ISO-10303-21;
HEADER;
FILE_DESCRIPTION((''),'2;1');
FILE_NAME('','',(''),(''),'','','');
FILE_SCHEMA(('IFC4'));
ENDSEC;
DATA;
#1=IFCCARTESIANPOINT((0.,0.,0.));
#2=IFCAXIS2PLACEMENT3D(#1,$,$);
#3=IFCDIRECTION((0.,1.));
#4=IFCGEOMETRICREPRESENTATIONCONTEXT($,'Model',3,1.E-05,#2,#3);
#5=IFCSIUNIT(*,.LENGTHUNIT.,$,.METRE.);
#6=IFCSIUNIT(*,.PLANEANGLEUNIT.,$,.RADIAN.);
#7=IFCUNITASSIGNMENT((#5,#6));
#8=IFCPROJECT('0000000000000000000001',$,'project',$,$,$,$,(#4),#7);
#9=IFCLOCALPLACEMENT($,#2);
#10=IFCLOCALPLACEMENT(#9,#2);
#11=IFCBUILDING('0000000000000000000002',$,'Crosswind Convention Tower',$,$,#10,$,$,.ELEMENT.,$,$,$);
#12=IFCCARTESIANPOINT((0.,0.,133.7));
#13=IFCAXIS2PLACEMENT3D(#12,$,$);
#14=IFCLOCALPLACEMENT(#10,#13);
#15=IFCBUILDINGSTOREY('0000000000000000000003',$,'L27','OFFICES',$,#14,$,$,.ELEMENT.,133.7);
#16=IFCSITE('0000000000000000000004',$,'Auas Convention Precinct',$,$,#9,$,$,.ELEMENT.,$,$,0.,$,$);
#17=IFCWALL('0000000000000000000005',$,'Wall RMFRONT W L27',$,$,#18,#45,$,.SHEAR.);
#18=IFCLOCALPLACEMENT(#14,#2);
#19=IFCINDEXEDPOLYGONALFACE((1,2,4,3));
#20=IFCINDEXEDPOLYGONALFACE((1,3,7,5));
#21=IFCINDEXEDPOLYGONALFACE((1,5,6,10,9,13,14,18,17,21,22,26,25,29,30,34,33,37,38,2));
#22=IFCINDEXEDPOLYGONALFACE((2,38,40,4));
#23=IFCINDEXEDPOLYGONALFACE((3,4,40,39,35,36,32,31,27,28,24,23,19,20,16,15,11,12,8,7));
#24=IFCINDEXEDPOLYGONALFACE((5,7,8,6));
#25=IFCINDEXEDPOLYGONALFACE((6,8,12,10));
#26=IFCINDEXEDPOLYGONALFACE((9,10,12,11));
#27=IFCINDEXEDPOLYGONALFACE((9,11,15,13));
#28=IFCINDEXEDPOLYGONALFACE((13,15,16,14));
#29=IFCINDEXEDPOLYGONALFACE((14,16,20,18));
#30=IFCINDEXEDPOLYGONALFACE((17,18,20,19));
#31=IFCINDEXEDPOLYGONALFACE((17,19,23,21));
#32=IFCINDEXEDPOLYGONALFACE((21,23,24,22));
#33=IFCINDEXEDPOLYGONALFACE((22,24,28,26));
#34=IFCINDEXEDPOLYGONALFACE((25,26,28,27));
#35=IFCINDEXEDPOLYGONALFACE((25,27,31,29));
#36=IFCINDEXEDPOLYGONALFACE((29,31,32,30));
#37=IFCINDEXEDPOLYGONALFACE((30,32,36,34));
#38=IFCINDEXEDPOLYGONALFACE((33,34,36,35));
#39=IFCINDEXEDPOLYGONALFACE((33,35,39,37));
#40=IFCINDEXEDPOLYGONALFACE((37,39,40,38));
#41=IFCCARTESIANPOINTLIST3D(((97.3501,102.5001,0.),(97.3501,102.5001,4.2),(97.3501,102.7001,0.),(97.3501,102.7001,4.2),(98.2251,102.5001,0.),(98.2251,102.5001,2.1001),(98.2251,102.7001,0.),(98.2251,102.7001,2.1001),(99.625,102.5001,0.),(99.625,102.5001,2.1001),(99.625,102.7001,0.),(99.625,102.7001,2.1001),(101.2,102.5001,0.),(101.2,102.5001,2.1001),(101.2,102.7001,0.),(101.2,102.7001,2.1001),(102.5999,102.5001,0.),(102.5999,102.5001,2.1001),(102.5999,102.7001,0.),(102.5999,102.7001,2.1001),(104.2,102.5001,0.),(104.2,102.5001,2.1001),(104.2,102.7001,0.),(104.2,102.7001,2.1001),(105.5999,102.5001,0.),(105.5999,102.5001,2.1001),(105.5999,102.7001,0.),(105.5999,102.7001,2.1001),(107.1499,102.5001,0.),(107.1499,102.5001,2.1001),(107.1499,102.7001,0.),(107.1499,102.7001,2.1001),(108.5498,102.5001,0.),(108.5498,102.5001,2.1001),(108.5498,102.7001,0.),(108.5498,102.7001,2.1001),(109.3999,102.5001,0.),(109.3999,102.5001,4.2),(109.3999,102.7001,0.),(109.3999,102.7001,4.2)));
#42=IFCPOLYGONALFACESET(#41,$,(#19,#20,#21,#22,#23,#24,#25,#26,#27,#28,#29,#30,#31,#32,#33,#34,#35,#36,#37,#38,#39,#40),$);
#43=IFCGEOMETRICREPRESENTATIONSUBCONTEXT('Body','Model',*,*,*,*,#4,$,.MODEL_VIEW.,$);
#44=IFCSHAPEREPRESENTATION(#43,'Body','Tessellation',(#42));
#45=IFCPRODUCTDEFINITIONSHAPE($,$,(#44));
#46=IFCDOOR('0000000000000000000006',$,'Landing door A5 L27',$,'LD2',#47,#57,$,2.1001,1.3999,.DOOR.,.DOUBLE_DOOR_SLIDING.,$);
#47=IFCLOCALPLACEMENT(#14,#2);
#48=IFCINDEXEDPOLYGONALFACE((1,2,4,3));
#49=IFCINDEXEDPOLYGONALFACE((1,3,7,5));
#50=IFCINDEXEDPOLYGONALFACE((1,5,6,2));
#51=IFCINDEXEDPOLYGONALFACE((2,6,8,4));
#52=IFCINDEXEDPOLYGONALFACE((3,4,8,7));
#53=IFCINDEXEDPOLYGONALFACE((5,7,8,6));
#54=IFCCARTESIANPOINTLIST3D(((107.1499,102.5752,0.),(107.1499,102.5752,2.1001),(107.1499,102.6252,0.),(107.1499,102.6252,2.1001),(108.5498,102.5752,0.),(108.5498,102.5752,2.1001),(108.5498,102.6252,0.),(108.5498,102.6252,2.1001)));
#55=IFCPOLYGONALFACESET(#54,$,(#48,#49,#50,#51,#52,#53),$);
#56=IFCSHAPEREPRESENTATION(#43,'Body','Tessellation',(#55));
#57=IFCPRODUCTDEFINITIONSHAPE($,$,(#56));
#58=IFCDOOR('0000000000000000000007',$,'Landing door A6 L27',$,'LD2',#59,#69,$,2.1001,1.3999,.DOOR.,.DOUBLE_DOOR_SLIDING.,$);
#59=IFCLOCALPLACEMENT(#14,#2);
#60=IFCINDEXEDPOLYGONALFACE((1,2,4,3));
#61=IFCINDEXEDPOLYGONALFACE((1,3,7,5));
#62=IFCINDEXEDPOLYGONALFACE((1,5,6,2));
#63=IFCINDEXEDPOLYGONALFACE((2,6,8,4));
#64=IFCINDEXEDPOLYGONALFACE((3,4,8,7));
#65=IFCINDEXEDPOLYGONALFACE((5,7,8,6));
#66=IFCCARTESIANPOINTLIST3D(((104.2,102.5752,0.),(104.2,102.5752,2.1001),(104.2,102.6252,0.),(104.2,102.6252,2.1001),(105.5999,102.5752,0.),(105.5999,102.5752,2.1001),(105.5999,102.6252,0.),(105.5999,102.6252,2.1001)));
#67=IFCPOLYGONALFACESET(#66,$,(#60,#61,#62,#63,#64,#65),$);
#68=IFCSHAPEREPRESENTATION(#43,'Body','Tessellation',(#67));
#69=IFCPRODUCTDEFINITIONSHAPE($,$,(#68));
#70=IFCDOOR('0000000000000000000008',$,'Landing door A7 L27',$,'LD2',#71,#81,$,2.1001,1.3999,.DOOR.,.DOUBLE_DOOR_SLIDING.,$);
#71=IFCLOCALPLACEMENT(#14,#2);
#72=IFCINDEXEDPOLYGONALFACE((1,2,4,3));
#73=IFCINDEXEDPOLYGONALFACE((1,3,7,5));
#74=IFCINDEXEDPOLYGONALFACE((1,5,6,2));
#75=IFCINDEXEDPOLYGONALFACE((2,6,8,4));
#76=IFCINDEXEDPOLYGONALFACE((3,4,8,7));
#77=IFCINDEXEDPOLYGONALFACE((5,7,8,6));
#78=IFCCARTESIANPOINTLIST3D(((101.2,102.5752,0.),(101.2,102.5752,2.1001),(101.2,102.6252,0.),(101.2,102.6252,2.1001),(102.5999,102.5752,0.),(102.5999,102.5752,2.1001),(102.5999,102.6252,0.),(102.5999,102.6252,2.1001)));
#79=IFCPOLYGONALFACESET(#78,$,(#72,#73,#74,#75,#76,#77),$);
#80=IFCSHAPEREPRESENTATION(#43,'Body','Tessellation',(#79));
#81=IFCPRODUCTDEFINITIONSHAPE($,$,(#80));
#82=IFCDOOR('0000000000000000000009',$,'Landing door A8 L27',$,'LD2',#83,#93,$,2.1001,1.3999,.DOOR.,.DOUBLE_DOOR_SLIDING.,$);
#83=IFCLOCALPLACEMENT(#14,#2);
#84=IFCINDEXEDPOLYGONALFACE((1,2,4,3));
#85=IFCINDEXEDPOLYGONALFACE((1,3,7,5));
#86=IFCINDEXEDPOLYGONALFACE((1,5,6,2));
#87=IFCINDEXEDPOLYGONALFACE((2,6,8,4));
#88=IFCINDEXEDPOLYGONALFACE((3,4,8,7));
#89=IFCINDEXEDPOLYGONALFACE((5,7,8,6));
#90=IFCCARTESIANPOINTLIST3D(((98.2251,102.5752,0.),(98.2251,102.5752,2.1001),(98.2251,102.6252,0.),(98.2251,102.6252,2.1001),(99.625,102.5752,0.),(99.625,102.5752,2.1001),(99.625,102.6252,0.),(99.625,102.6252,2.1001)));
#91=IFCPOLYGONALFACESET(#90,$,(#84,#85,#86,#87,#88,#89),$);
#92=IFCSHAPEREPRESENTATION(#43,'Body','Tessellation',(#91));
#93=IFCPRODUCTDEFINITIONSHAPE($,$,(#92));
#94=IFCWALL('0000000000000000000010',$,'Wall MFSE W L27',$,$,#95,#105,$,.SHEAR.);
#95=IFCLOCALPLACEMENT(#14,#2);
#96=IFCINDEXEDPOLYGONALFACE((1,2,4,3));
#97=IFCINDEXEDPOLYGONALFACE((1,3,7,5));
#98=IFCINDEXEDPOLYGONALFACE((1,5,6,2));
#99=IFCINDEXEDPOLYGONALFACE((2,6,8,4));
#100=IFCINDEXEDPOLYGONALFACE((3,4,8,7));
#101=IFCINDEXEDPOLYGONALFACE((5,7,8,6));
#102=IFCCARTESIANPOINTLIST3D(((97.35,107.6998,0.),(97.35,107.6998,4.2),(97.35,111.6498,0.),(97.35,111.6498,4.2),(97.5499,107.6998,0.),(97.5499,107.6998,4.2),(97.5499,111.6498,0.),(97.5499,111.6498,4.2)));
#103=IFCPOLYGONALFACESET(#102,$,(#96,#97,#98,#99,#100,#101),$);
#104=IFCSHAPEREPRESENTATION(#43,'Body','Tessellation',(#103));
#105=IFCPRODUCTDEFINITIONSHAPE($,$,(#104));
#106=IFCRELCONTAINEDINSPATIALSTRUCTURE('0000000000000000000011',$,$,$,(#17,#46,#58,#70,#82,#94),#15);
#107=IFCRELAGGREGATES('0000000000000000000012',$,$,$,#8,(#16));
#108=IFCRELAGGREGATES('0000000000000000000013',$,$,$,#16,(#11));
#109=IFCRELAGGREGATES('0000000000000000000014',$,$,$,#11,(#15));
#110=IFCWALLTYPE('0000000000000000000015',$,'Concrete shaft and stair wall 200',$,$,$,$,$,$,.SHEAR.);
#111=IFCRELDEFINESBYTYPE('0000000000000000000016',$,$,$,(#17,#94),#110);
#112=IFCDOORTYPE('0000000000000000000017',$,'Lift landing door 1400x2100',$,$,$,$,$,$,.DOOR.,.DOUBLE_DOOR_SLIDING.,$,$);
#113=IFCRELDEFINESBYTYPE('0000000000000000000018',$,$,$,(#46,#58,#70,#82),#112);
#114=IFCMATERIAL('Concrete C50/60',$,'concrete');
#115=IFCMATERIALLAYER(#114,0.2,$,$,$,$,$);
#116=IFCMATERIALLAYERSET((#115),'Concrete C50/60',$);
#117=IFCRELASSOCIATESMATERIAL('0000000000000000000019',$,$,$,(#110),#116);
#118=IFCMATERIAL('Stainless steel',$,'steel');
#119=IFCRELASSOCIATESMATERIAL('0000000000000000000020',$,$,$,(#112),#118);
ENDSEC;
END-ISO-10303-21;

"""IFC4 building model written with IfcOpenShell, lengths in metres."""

from ifc_helpers import new_model, si_unit, direction, frame, frame_2d, origin, place, context, subcontext, project, spatial, rectangle, extrude, material, layer, layer_set, type_object, element, fill, save


model = new_model("IFC4")

# Units and contexts
model_context = context("Model", 3, precision=1e-05, world=origin(), true_north=direction((0.0, 1.0)))
body_context = subcontext(model_context, "Body", "Model", "MODEL_VIEW")
ifc_project = project(units=[si_unit("LENGTHUNIT", "METRE"), si_unit("PLANEANGLEUNIT", "RADIAN")], contexts=[model_context])

# Site, building, storey
site_placement = place(None, origin())
site = spatial("IfcSite", under=ifc_project, at=site_placement, Name="Auas Convention Precinct", CompositionType="ELEMENT", RefElevation=0.0)
building_placement = place(site_placement, origin())
building = spatial("IfcBuilding", under=site, at=building_placement, Name="Crosswind Convention Tower", CompositionType="ELEMENT")
storey_placement = place(building_placement, frame((0.0, 0.0, 133.7)))
storey = spatial("IfcBuildingStorey", under=building, at=storey_placement, Name="L27", Description="OFFICES", CompositionType="ELEMENT", Elevation=133.7)

# Shared definitions
ifc_material_1 = material(Name="Concrete C50/60", Category="concrete")
ifc_layer = layer(ifc_material_1, 0.2)
ifc_layer_set = layer_set([ifc_layer], Name="Concrete C50/60")
wall_type = type_object("IfcWallType", Name="Concrete shaft and stair wall 200", PredefinedType="SHEAR", material=ifc_layer_set)

# Wall, openings, doors
wall_1_placement = place(storey_placement, frame((109.3999, 102.6001, 0.0), z_axis=(0.0, 0.0, 1.0), x_axis=(-1.0, 0.0, 0.0)))
wall_1 = element("IfcWall", 1, at=wall_1_placement, inside=storey, type_object=wall_type, Name="Wall RMFRONT W L27", PredefinedType="SHEAR", context=body_context, shape_type="SweptSolid", body=[
    extrude(rectangle(XDim=12.0498, YDim=0.2, at=frame_2d((6.0249, 0.0))), origin(), (0.0, 0.0, 1.0), 4.2),
])
opening_1_placement = place(wall_1_placement, frame((0.8501, 0.0, 0.0)))
opening_1 = element("IfcOpeningElement", 2, at=opening_1_placement, cuts=wall_1, PredefinedType="OPENING", context=body_context, shape_type="SweptSolid", body=[
    extrude(rectangle(XDim=1.3999, YDim=2.1001, at=frame_2d((0.7, 1.05))), frame((0.0, 0.1099, 0.0), z_axis=(0.0, -1.0, 0.0), x_axis=(1.0, 0.0, 0.0)), (0.0, 0.0, 1.0), 0.22),
])
opening_2_placement = place(wall_1_placement, frame((3.8, 0.0, 0.0)))
opening_2 = element("IfcOpeningElement", 3, at=opening_2_placement, cuts=wall_1, PredefinedType="OPENING", context=body_context, shape_type="SweptSolid", body=[
    extrude(rectangle(XDim=1.3999, YDim=2.1001, at=frame_2d((0.7, 1.05))), frame((0.0, 0.1099, 0.0), z_axis=(0.0, -1.0, 0.0), x_axis=(1.0, 0.0, 0.0)), (0.0, 0.0, 1.0), 0.22),
])
opening_3_placement = place(wall_1_placement, frame((6.8, 0.0, 0.0)))
opening_3 = element("IfcOpeningElement", 4, at=opening_3_placement, cuts=wall_1, PredefinedType="OPENING", context=body_context, shape_type="SweptSolid", body=[
    extrude(rectangle(XDim=1.3999, YDim=2.1001, at=frame_2d((0.7, 1.05))), frame((0.0, 0.1099, 0.0), z_axis=(0.0, -1.0, 0.0), x_axis=(1.0, 0.0, 0.0)), (0.0, 0.0, 1.0), 0.22),
])
opening_4_placement = place(wall_1_placement, frame((9.7749, 0.0, 0.0)))
opening_4 = element("IfcOpeningElement", 5, at=opening_4_placement, cuts=wall_1, PredefinedType="OPENING", context=body_context, shape_type="SweptSolid", body=[
    extrude(rectangle(XDim=1.3999, YDim=2.1001, at=frame_2d((0.7, 1.05))), frame((0.0, 0.1099, 0.0), z_axis=(0.0, -1.0, 0.0), x_axis=(1.0, 0.0, 0.0)), (0.0, 0.0, 1.0), 0.22),
])
ifc_material_2 = material(Name="Stainless steel", Category="steel")
door_type_1 = type_object("IfcDoorType", Name="Lift landing door 1400x2100", OperationType="DOUBLE_DOOR_SLIDING", PredefinedType="DOOR", material=ifc_material_2)
door_1_placement = place(opening_1_placement, origin())
door_1 = element("IfcDoor", 6, at=door_1_placement, inside=storey, type_object=door_type_1, Name="Landing door A5 L27", ObjectType="LD2", OperationType="DOUBLE_DOOR_SLIDING", OverallHeight=2.1001, OverallWidth=1.3999, PredefinedType="DOOR", context=body_context, shape_type="SweptSolid", body=[
    extrude(rectangle(XDim=1.3999, YDim=2.1001, at=frame_2d((0.7, 1.05))), frame((0.0, 0.0249, 0.0), z_axis=(0.0, -1.0, 0.0), x_axis=(1.0, 0.0, 0.0)), (0.0, 0.0, 1.0), 0.05),
])
fill(opening_1, door_1)
door_2_placement = place(opening_2_placement, origin())
door_2 = element("IfcDoor", 7, at=door_2_placement, inside=storey, type_object=door_type_1, Name="Landing door A6 L27", ObjectType="LD2", OperationType="DOUBLE_DOOR_SLIDING", OverallHeight=2.1001, OverallWidth=1.3999, PredefinedType="DOOR", context=body_context, shape_type="SweptSolid", body=[
    extrude(rectangle(XDim=1.3999, YDim=2.1001, at=frame_2d((0.7, 1.05))), frame((0.0, 0.0249, 0.0), z_axis=(0.0, -1.0, 0.0), x_axis=(1.0, 0.0, 0.0)), (0.0, 0.0, 1.0), 0.05),
])
fill(opening_2, door_2)
door_3_placement = place(opening_3_placement, origin())
door_3 = element("IfcDoor", 8, at=door_3_placement, inside=storey, type_object=door_type_1, Name="Landing door A7 L27", ObjectType="LD2", OperationType="DOUBLE_DOOR_SLIDING", OverallHeight=2.1001, OverallWidth=1.3999, PredefinedType="DOOR", context=body_context, shape_type="SweptSolid", body=[
    extrude(rectangle(XDim=1.3999, YDim=2.1001, at=frame_2d((0.7, 1.05))), frame((0.0, 0.0249, 0.0), z_axis=(0.0, -1.0, 0.0), x_axis=(1.0, 0.0, 0.0)), (0.0, 0.0, 1.0), 0.05),
])
fill(opening_3, door_3)
door_4_placement = place(opening_4_placement, origin())
door_4 = element("IfcDoor", 9, at=door_4_placement, inside=storey, type_object=door_type_1, Name="Landing door A8 L27", ObjectType="LD2", OperationType="DOUBLE_DOOR_SLIDING", OverallHeight=2.1001, OverallWidth=1.3999, PredefinedType="DOOR", context=body_context, shape_type="SweptSolid", body=[
    extrude(rectangle(XDim=1.3999, YDim=2.1001, at=frame_2d((0.7, 1.05))), frame((0.0, 0.0249, 0.0), z_axis=(0.0, -1.0, 0.0), x_axis=(1.0, 0.0, 0.0)), (0.0, 0.0, 1.0), 0.05),
])
fill(opening_4, door_4)

# Wall
wall_2_placement = place(storey_placement, frame((97.45, 111.6499, 0.0), z_axis=(0.0, 0.0, 1.0), x_axis=(0.0, -1.0, 0.0)))
element("IfcWall", 10, at=wall_2_placement, inside=storey, type_object=wall_type, Name="Wall MFSE W L27", PredefinedType="SHEAR", context=body_context, shape_type="SweptSolid", body=[
    extrude(rectangle(XDim=3.95, YDim=0.2, at=frame_2d((1.9751, 0.0))), origin(), (0.0, 0.0, 1.0), 4.2),
])

save(model, "model.ifc")
